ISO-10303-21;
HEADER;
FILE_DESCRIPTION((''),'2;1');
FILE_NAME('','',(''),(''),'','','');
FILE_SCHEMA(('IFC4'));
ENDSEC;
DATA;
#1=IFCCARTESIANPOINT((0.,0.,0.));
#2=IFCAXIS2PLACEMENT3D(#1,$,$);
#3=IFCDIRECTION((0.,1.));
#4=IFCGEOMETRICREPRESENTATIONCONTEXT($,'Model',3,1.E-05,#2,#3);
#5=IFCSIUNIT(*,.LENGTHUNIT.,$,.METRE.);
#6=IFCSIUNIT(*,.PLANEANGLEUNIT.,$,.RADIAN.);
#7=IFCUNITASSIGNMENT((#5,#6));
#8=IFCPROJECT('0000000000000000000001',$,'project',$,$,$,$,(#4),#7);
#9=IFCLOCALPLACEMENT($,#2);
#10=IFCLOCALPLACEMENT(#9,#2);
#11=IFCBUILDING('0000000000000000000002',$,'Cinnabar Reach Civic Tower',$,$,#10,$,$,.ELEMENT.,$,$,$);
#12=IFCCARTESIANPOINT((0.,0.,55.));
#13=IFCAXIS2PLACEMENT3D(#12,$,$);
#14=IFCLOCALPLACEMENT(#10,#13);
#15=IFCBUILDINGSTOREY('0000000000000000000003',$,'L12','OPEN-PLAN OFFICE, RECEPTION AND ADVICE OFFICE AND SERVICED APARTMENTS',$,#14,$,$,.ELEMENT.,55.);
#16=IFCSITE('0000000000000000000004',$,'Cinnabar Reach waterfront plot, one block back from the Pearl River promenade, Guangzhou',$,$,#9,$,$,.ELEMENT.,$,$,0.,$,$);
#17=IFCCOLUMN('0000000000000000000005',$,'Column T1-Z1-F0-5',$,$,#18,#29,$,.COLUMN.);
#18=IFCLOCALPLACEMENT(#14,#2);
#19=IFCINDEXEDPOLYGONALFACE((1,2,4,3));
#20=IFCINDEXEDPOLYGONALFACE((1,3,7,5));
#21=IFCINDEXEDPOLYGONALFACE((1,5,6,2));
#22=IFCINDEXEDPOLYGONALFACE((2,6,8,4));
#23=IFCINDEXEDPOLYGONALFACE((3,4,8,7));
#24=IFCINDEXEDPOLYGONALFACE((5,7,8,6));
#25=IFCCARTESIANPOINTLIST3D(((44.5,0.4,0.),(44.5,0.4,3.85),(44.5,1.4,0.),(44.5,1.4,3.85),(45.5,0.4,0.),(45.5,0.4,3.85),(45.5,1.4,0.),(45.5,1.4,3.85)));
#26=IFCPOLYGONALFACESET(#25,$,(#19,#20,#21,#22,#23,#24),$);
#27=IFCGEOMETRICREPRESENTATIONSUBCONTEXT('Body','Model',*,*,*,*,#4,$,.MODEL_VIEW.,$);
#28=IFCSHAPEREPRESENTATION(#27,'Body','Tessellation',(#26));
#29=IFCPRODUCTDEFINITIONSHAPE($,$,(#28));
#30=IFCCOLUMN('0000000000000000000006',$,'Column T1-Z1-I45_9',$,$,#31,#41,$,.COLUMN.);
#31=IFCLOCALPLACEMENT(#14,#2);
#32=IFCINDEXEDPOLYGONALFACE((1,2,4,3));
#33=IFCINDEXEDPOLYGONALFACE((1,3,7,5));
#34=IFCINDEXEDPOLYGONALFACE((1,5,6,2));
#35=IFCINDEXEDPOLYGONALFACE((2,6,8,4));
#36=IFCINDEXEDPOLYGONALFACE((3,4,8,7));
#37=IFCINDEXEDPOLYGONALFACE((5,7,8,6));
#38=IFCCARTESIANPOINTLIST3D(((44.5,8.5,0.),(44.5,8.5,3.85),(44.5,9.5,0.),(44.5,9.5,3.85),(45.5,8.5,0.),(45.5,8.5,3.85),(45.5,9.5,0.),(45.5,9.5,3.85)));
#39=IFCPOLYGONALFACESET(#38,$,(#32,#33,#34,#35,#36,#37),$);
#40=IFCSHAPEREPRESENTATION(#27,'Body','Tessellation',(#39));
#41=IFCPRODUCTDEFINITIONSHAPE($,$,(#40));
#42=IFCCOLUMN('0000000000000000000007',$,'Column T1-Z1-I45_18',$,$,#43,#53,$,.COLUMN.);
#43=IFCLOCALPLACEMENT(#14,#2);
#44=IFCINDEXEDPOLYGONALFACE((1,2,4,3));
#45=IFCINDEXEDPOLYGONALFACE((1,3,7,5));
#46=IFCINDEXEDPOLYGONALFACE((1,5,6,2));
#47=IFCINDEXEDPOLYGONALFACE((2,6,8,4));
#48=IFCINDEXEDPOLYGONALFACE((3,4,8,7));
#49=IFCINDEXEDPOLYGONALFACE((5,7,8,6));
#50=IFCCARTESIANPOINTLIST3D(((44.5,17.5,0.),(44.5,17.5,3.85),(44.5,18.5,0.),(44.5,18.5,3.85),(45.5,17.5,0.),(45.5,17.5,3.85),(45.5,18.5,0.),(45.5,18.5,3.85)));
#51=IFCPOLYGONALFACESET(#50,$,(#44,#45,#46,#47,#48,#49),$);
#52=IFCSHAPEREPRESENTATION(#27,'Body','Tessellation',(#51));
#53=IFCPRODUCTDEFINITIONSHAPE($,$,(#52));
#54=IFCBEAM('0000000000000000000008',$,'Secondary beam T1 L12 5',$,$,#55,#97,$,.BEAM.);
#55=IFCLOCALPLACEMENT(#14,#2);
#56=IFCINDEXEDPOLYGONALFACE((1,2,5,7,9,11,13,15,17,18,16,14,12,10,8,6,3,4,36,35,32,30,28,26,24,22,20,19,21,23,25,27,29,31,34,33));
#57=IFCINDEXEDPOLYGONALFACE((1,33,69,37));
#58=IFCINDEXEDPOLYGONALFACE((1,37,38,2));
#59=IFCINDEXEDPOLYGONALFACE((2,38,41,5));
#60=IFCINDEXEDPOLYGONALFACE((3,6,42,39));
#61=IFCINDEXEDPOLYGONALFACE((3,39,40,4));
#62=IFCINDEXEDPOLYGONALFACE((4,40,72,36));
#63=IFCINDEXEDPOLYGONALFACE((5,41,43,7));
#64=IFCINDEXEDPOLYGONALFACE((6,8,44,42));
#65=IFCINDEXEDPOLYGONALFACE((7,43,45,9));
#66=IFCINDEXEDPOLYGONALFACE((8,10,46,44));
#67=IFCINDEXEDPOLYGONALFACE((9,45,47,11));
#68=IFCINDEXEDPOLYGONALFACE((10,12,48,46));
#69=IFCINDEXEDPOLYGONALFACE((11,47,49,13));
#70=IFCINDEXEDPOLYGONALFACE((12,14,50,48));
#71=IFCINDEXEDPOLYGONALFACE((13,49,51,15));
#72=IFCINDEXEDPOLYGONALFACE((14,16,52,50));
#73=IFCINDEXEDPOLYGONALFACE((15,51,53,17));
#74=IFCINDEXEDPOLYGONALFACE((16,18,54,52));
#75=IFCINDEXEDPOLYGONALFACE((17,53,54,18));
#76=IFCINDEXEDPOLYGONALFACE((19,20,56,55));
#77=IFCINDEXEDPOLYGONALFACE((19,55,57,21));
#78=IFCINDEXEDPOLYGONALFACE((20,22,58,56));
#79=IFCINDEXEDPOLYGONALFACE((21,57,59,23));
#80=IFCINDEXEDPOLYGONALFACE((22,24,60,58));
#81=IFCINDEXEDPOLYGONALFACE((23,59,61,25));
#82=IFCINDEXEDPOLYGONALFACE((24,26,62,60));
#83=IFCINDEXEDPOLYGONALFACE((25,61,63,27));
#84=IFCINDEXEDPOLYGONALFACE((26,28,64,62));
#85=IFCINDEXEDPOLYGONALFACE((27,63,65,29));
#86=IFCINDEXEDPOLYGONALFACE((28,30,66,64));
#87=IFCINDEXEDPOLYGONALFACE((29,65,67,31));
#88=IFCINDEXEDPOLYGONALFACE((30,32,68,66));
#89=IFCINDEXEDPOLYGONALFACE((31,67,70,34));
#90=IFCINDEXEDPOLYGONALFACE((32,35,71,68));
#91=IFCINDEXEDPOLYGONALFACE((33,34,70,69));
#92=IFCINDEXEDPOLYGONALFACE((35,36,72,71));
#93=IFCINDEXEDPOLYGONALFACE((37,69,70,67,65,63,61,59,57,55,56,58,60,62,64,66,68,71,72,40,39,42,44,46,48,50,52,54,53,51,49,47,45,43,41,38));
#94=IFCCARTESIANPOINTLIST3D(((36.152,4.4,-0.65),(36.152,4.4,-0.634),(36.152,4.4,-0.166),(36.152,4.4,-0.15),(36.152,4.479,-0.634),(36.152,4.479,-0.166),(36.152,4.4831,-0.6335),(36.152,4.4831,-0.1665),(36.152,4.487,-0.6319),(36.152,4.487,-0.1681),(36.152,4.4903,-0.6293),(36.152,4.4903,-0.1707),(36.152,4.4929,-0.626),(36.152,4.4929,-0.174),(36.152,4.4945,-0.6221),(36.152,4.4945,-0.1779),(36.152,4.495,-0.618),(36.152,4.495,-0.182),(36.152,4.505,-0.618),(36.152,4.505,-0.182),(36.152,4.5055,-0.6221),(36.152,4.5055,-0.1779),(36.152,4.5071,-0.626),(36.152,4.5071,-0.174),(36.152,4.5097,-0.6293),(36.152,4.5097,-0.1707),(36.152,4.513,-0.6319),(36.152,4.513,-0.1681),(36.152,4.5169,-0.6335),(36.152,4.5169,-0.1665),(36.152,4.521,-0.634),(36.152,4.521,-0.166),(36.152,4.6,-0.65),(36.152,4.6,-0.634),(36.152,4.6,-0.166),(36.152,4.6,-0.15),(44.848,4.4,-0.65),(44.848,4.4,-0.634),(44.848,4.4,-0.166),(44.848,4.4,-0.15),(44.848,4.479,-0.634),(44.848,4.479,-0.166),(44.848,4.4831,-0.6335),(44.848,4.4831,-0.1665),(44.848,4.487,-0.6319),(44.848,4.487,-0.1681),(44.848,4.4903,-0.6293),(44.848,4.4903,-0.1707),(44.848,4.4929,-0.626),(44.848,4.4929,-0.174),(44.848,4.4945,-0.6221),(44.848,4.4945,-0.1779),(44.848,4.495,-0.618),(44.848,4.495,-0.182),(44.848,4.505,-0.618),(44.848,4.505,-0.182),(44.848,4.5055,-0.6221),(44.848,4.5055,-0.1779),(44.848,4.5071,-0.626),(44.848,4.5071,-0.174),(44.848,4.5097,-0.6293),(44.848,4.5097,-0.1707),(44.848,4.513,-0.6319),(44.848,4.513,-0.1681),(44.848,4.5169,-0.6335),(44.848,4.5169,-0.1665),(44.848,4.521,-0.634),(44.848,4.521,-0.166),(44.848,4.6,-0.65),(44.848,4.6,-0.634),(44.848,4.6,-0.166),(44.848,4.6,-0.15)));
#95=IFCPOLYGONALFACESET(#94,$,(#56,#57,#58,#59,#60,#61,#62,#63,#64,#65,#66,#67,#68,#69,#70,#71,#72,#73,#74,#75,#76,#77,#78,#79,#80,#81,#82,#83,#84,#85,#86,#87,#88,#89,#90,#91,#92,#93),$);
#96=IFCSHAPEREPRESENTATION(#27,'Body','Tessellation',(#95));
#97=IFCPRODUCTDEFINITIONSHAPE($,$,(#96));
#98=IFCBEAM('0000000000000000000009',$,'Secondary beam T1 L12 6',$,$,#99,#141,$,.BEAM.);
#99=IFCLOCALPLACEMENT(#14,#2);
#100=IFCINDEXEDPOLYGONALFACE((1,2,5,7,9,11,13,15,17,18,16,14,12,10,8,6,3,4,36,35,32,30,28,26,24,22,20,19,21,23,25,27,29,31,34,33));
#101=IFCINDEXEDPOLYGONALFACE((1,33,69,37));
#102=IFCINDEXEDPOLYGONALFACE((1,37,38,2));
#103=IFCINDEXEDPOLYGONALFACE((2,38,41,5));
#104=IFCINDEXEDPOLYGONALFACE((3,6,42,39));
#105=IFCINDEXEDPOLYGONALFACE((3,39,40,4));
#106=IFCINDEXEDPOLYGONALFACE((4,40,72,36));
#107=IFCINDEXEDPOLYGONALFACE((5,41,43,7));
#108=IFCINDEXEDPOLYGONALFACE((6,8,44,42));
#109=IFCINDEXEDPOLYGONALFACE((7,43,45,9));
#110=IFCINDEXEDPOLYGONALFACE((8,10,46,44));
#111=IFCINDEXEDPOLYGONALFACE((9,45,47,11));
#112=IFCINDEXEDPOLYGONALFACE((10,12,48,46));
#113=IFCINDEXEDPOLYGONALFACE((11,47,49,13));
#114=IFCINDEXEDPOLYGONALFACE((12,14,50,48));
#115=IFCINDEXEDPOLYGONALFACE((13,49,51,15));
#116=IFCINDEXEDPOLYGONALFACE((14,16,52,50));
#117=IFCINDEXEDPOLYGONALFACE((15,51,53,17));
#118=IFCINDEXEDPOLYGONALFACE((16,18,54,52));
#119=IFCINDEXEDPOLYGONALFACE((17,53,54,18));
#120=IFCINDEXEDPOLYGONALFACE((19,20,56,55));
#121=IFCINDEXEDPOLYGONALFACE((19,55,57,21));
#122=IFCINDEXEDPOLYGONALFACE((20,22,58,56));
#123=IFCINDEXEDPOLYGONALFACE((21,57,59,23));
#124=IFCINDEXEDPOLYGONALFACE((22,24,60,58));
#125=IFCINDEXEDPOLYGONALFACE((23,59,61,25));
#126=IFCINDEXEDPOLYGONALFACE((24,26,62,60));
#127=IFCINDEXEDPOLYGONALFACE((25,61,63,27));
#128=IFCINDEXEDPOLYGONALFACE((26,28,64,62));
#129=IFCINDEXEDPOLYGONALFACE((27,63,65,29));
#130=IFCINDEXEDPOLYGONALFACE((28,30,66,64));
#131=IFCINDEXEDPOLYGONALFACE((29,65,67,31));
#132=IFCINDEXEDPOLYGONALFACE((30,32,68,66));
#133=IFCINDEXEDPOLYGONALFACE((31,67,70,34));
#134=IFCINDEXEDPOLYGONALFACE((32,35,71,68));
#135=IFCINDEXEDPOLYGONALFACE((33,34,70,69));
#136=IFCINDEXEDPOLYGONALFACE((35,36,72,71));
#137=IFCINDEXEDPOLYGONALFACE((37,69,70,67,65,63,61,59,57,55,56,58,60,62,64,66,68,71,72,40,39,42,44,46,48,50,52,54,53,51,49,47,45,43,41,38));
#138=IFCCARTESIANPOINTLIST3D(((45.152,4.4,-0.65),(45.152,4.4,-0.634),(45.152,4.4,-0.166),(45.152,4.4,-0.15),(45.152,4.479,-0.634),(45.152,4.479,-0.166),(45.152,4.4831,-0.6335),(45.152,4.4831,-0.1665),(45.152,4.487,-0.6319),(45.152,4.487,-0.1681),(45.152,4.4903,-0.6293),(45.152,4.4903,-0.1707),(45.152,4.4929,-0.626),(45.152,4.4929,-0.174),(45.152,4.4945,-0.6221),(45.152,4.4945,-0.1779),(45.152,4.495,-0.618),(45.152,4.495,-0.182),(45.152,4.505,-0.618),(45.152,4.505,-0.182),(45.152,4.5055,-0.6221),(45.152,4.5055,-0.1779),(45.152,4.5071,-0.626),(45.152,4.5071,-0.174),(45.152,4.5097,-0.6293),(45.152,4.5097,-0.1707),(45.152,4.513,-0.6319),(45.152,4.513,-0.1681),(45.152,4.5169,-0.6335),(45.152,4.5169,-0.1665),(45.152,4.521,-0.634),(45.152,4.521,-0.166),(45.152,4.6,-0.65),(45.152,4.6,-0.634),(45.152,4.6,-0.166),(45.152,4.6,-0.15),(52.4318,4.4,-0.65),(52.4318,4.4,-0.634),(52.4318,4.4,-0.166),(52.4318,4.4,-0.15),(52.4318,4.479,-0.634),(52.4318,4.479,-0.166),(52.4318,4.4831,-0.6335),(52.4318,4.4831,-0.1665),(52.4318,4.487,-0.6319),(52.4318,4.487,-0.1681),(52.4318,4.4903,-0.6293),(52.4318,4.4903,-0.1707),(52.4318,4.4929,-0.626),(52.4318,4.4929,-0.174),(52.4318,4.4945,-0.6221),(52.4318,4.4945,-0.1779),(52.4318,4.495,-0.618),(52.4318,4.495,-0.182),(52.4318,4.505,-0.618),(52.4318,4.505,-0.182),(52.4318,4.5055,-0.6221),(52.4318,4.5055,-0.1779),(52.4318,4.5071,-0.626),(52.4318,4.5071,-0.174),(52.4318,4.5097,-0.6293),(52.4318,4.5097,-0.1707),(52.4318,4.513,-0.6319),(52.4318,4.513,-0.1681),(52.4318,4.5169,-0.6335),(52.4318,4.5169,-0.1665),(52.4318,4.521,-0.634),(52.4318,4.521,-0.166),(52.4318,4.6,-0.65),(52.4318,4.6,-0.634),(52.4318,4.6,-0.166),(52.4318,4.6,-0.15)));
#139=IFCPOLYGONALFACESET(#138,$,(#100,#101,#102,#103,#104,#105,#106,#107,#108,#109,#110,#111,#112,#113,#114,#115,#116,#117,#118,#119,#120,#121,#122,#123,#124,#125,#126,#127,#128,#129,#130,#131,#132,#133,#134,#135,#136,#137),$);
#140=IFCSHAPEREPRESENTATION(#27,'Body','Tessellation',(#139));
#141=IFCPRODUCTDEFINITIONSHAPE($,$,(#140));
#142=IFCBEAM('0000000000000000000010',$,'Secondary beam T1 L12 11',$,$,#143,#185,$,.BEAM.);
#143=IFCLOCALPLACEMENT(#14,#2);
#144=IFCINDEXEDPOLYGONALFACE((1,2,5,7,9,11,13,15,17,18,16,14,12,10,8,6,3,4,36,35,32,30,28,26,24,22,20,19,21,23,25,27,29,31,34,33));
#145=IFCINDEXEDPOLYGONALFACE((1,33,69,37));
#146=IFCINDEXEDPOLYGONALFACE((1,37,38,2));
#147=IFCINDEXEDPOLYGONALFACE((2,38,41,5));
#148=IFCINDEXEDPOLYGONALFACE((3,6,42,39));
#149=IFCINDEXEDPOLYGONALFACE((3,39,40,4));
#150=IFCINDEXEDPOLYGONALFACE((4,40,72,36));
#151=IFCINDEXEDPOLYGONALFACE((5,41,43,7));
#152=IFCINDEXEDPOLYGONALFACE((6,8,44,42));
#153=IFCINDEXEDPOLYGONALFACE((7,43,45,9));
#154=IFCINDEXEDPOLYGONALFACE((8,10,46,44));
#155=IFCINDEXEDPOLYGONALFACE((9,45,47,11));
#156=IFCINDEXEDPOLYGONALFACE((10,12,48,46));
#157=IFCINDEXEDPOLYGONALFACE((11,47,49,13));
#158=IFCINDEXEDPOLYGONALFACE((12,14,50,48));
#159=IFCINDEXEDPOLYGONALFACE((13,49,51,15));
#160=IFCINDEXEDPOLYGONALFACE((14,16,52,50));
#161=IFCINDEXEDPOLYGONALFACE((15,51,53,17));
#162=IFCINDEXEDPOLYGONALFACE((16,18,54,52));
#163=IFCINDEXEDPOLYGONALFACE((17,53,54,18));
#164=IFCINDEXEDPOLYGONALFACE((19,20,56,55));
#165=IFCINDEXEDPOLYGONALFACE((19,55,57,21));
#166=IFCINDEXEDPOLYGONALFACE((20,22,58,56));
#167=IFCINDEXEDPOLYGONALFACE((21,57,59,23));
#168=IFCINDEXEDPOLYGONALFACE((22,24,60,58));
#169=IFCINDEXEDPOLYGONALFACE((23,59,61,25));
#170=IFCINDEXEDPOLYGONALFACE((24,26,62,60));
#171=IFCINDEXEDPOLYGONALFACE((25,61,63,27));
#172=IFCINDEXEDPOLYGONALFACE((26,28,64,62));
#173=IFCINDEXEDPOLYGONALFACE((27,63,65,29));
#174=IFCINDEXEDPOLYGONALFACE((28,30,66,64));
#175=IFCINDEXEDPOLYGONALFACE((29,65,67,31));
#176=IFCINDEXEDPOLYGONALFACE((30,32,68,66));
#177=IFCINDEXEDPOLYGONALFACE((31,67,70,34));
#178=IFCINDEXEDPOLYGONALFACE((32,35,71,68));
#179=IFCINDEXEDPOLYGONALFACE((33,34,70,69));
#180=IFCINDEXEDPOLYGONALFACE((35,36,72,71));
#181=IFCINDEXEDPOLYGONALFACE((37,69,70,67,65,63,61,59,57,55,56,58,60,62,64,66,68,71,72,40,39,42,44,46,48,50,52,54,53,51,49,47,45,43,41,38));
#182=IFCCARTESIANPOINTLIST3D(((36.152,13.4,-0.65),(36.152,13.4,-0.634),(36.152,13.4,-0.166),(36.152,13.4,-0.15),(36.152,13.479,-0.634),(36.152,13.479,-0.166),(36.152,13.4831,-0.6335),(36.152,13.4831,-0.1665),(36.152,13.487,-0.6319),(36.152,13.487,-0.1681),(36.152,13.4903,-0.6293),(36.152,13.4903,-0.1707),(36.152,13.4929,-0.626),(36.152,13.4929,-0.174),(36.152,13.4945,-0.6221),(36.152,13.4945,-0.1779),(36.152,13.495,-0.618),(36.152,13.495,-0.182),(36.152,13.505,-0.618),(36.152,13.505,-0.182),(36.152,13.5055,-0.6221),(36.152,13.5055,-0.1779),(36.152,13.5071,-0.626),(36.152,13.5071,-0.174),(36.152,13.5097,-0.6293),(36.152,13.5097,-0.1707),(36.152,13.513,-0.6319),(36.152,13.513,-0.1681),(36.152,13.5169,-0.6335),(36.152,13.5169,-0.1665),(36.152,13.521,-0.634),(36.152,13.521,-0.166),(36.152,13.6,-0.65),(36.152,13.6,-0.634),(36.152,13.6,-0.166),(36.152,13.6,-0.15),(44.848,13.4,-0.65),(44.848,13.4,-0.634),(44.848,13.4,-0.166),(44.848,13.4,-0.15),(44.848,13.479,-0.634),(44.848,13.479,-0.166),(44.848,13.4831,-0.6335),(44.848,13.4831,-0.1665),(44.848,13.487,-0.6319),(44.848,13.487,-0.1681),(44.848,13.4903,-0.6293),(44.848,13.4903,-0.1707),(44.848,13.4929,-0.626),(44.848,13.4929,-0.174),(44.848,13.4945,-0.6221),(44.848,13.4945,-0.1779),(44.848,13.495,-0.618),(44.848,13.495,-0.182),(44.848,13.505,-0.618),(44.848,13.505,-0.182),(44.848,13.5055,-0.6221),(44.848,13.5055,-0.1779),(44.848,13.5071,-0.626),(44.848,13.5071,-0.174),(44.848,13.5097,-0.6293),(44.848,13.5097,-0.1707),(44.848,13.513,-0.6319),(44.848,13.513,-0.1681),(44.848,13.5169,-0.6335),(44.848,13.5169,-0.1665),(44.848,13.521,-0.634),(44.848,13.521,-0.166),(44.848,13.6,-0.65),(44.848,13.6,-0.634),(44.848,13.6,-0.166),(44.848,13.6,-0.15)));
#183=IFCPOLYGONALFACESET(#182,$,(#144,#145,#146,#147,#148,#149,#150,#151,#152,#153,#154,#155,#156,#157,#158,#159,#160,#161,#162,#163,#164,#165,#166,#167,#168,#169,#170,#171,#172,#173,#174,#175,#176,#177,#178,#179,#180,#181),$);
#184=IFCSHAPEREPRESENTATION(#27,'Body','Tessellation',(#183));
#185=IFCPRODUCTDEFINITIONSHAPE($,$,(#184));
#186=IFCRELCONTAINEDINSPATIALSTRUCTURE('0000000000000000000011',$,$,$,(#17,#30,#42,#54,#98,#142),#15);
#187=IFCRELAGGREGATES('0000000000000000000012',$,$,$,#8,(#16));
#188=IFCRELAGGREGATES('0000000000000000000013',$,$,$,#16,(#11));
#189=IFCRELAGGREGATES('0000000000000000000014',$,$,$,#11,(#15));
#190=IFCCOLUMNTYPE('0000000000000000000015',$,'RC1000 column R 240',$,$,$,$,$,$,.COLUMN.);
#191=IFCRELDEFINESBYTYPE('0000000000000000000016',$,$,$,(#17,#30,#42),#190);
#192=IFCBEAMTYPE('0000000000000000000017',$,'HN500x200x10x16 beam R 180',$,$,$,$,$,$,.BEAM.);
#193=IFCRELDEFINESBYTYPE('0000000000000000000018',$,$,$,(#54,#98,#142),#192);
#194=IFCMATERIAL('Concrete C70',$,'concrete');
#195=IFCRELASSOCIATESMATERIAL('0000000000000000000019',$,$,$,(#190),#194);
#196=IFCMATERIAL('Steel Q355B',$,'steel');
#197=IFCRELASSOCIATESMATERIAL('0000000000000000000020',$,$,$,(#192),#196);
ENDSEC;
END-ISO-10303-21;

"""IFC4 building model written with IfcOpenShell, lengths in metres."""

from ifc_helpers import new_model, si_unit, direction, frame, origin, origin_2d, place, context, subcontext, project, spatial, rectangle, i_section, extrude, material, material_profile, profile_set, type_object, element, save


model = new_model("IFC4")

# Units and contexts
model_context = context("Model", 3, precision=1e-05, world=origin(), true_north=direction((0.0, 1.0)))
body_context = subcontext(model_context, "Body", "Model", "MODEL_VIEW")
ifc_project = project(units=[si_unit("LENGTHUNIT", "METRE"), si_unit("PLANEANGLEUNIT", "RADIAN")], contexts=[model_context])

# Site, building, storey
site_placement = place(None, origin())
site = spatial("IfcSite", under=ifc_project, at=site_placement, Name="Cinnabar Reach waterfront plot, one block back from the Pearl River promenade, Guangzhou", CompositionType="ELEMENT", RefElevation=0.0)
building_placement = place(site_placement, origin())
building = spatial("IfcBuilding", under=site, at=building_placement, Name="Cinnabar Reach Civic Tower", CompositionType="ELEMENT")
storey_placement = place(building_placement, frame((0.0, 0.0, 55.0)))
storey = spatial("IfcBuildingStorey", under=building, at=storey_placement, Name="L12", Description="OPEN-PLAN OFFICE, RECEPTION AND ADVICE OFFICE AND SERVICED APARTMENTS", CompositionType="ELEMENT", Elevation=55.0)

# Columns
ifc_material_1 = material(Name="Concrete C70", Category="concrete")
ifc_material_profile_1 = material_profile(ifc_material_1, rectangle(XDim=1.0, YDim=1.0, at=origin_2d()), Name="RC1000")
ifc_profile_set_1 = profile_set([ifc_material_profile_1], Name="Concrete C70")
column_type = type_object("IfcColumnType", Name="RC1000 column R 240", PredefinedType="COLUMN", material=ifc_profile_set_1)
for number, where, z_axis, x_axis, name in (
    (1, (45.0, 0.9, 0.0), (0.0, 0.0, 1.0), (1.0, 0.0, 0.0), "Column T1-Z1-F0-5"),
    (2, (45.0, 9.0, 0.0), (0.0, 0.0, 1.0), (1.0, 0.0, 0.0), "Column T1-Z1-I45_9"),
    (3, (45.0, 18.0, 0.0), (0.0, 0.0, 1.0), (1.0, 0.0, 0.0), "Column T1-Z1-I45_18"),
):
    element("IfcColumn", number, at=place(storey_placement, frame(where, z_axis=z_axis, x_axis=x_axis)), inside=storey, type_object=column_type, Name=name, PredefinedType="COLUMN", context=body_context, shape_type="SweptSolid", body=[
        extrude(rectangle(XDim=1.0, YDim=1.0, at=origin_2d()), origin(), (0.0, 0.0, 1.0), 3.85),
    ])

# Beams
ifc_material_2 = material(Name="Steel Q355B", Category="steel")
ifc_material_profile_2 = material_profile(ifc_material_2, i_section(OverallWidth=0.2, OverallDepth=0.5, WebThickness=0.01, FlangeThickness=0.016, FilletRadius=0.016, at=origin_2d()), Name="HN500x200x10x16")
ifc_profile_set_2 = profile_set([ifc_material_profile_2], Name="Steel Q355B")
beam_type_1 = type_object("IfcBeamType", Name="HN500x200x10x16 beam R 180", PredefinedType="BEAM", material=ifc_profile_set_2)
beam_1_placement = place(storey_placement, frame((36.152, 4.5, -0.4), z_axis=(1.0, 0.0, 0.0), x_axis=(0.0, 1.0, 0.0)))
element("IfcBeam", 4, at=beam_1_placement, inside=storey, type_object=beam_type_1, Name="Secondary beam T1 L12 5", PredefinedType="BEAM", context=body_context, shape_type="SweptSolid", body=[
    extrude(i_section(OverallWidth=0.2, OverallDepth=0.5, WebThickness=0.01, FlangeThickness=0.016, FilletRadius=0.016, at=origin_2d()), origin(), (0.0, 0.0, 1.0), 8.696),
])
beam_2_placement = place(storey_placement, frame((45.152, 4.5, -0.4), z_axis=(1.0, 0.0, 0.0), x_axis=(0.0, 1.0, 0.0)))
element("IfcBeam", 5, at=beam_2_placement, inside=storey, type_object=beam_type_1, Name="Secondary beam T1 L12 6", PredefinedType="BEAM", context=body_context, shape_type="SweptSolid", body=[
    extrude(i_section(OverallWidth=0.2, OverallDepth=0.5, WebThickness=0.01, FlangeThickness=0.016, FilletRadius=0.016, at=origin_2d()), origin(), (0.0, 0.0, 1.0), 7.2798),
])
for number, where, z_axis, x_axis, name in (
    (6, (36.152, 13.5, -0.4), (1.0, 0.0, 0.0), (0.0, 1.0, 0.0), "Secondary beam T1 L12 11"),
):
    element("IfcBeam", number, at=place(storey_placement, frame(where, z_axis=z_axis, x_axis=x_axis)), inside=storey, type_object=beam_type_1, Name=name, PredefinedType="BEAM", context=body_context, shape_type="SweptSolid", body=[
        extrude(i_section(OverallWidth=0.2, OverallDepth=0.5, WebThickness=0.01, FlangeThickness=0.016, FilletRadius=0.016, at=origin_2d()), origin(), (0.0, 0.0, 1.0), 8.696),
    ])

save(model, "model.ifc")
